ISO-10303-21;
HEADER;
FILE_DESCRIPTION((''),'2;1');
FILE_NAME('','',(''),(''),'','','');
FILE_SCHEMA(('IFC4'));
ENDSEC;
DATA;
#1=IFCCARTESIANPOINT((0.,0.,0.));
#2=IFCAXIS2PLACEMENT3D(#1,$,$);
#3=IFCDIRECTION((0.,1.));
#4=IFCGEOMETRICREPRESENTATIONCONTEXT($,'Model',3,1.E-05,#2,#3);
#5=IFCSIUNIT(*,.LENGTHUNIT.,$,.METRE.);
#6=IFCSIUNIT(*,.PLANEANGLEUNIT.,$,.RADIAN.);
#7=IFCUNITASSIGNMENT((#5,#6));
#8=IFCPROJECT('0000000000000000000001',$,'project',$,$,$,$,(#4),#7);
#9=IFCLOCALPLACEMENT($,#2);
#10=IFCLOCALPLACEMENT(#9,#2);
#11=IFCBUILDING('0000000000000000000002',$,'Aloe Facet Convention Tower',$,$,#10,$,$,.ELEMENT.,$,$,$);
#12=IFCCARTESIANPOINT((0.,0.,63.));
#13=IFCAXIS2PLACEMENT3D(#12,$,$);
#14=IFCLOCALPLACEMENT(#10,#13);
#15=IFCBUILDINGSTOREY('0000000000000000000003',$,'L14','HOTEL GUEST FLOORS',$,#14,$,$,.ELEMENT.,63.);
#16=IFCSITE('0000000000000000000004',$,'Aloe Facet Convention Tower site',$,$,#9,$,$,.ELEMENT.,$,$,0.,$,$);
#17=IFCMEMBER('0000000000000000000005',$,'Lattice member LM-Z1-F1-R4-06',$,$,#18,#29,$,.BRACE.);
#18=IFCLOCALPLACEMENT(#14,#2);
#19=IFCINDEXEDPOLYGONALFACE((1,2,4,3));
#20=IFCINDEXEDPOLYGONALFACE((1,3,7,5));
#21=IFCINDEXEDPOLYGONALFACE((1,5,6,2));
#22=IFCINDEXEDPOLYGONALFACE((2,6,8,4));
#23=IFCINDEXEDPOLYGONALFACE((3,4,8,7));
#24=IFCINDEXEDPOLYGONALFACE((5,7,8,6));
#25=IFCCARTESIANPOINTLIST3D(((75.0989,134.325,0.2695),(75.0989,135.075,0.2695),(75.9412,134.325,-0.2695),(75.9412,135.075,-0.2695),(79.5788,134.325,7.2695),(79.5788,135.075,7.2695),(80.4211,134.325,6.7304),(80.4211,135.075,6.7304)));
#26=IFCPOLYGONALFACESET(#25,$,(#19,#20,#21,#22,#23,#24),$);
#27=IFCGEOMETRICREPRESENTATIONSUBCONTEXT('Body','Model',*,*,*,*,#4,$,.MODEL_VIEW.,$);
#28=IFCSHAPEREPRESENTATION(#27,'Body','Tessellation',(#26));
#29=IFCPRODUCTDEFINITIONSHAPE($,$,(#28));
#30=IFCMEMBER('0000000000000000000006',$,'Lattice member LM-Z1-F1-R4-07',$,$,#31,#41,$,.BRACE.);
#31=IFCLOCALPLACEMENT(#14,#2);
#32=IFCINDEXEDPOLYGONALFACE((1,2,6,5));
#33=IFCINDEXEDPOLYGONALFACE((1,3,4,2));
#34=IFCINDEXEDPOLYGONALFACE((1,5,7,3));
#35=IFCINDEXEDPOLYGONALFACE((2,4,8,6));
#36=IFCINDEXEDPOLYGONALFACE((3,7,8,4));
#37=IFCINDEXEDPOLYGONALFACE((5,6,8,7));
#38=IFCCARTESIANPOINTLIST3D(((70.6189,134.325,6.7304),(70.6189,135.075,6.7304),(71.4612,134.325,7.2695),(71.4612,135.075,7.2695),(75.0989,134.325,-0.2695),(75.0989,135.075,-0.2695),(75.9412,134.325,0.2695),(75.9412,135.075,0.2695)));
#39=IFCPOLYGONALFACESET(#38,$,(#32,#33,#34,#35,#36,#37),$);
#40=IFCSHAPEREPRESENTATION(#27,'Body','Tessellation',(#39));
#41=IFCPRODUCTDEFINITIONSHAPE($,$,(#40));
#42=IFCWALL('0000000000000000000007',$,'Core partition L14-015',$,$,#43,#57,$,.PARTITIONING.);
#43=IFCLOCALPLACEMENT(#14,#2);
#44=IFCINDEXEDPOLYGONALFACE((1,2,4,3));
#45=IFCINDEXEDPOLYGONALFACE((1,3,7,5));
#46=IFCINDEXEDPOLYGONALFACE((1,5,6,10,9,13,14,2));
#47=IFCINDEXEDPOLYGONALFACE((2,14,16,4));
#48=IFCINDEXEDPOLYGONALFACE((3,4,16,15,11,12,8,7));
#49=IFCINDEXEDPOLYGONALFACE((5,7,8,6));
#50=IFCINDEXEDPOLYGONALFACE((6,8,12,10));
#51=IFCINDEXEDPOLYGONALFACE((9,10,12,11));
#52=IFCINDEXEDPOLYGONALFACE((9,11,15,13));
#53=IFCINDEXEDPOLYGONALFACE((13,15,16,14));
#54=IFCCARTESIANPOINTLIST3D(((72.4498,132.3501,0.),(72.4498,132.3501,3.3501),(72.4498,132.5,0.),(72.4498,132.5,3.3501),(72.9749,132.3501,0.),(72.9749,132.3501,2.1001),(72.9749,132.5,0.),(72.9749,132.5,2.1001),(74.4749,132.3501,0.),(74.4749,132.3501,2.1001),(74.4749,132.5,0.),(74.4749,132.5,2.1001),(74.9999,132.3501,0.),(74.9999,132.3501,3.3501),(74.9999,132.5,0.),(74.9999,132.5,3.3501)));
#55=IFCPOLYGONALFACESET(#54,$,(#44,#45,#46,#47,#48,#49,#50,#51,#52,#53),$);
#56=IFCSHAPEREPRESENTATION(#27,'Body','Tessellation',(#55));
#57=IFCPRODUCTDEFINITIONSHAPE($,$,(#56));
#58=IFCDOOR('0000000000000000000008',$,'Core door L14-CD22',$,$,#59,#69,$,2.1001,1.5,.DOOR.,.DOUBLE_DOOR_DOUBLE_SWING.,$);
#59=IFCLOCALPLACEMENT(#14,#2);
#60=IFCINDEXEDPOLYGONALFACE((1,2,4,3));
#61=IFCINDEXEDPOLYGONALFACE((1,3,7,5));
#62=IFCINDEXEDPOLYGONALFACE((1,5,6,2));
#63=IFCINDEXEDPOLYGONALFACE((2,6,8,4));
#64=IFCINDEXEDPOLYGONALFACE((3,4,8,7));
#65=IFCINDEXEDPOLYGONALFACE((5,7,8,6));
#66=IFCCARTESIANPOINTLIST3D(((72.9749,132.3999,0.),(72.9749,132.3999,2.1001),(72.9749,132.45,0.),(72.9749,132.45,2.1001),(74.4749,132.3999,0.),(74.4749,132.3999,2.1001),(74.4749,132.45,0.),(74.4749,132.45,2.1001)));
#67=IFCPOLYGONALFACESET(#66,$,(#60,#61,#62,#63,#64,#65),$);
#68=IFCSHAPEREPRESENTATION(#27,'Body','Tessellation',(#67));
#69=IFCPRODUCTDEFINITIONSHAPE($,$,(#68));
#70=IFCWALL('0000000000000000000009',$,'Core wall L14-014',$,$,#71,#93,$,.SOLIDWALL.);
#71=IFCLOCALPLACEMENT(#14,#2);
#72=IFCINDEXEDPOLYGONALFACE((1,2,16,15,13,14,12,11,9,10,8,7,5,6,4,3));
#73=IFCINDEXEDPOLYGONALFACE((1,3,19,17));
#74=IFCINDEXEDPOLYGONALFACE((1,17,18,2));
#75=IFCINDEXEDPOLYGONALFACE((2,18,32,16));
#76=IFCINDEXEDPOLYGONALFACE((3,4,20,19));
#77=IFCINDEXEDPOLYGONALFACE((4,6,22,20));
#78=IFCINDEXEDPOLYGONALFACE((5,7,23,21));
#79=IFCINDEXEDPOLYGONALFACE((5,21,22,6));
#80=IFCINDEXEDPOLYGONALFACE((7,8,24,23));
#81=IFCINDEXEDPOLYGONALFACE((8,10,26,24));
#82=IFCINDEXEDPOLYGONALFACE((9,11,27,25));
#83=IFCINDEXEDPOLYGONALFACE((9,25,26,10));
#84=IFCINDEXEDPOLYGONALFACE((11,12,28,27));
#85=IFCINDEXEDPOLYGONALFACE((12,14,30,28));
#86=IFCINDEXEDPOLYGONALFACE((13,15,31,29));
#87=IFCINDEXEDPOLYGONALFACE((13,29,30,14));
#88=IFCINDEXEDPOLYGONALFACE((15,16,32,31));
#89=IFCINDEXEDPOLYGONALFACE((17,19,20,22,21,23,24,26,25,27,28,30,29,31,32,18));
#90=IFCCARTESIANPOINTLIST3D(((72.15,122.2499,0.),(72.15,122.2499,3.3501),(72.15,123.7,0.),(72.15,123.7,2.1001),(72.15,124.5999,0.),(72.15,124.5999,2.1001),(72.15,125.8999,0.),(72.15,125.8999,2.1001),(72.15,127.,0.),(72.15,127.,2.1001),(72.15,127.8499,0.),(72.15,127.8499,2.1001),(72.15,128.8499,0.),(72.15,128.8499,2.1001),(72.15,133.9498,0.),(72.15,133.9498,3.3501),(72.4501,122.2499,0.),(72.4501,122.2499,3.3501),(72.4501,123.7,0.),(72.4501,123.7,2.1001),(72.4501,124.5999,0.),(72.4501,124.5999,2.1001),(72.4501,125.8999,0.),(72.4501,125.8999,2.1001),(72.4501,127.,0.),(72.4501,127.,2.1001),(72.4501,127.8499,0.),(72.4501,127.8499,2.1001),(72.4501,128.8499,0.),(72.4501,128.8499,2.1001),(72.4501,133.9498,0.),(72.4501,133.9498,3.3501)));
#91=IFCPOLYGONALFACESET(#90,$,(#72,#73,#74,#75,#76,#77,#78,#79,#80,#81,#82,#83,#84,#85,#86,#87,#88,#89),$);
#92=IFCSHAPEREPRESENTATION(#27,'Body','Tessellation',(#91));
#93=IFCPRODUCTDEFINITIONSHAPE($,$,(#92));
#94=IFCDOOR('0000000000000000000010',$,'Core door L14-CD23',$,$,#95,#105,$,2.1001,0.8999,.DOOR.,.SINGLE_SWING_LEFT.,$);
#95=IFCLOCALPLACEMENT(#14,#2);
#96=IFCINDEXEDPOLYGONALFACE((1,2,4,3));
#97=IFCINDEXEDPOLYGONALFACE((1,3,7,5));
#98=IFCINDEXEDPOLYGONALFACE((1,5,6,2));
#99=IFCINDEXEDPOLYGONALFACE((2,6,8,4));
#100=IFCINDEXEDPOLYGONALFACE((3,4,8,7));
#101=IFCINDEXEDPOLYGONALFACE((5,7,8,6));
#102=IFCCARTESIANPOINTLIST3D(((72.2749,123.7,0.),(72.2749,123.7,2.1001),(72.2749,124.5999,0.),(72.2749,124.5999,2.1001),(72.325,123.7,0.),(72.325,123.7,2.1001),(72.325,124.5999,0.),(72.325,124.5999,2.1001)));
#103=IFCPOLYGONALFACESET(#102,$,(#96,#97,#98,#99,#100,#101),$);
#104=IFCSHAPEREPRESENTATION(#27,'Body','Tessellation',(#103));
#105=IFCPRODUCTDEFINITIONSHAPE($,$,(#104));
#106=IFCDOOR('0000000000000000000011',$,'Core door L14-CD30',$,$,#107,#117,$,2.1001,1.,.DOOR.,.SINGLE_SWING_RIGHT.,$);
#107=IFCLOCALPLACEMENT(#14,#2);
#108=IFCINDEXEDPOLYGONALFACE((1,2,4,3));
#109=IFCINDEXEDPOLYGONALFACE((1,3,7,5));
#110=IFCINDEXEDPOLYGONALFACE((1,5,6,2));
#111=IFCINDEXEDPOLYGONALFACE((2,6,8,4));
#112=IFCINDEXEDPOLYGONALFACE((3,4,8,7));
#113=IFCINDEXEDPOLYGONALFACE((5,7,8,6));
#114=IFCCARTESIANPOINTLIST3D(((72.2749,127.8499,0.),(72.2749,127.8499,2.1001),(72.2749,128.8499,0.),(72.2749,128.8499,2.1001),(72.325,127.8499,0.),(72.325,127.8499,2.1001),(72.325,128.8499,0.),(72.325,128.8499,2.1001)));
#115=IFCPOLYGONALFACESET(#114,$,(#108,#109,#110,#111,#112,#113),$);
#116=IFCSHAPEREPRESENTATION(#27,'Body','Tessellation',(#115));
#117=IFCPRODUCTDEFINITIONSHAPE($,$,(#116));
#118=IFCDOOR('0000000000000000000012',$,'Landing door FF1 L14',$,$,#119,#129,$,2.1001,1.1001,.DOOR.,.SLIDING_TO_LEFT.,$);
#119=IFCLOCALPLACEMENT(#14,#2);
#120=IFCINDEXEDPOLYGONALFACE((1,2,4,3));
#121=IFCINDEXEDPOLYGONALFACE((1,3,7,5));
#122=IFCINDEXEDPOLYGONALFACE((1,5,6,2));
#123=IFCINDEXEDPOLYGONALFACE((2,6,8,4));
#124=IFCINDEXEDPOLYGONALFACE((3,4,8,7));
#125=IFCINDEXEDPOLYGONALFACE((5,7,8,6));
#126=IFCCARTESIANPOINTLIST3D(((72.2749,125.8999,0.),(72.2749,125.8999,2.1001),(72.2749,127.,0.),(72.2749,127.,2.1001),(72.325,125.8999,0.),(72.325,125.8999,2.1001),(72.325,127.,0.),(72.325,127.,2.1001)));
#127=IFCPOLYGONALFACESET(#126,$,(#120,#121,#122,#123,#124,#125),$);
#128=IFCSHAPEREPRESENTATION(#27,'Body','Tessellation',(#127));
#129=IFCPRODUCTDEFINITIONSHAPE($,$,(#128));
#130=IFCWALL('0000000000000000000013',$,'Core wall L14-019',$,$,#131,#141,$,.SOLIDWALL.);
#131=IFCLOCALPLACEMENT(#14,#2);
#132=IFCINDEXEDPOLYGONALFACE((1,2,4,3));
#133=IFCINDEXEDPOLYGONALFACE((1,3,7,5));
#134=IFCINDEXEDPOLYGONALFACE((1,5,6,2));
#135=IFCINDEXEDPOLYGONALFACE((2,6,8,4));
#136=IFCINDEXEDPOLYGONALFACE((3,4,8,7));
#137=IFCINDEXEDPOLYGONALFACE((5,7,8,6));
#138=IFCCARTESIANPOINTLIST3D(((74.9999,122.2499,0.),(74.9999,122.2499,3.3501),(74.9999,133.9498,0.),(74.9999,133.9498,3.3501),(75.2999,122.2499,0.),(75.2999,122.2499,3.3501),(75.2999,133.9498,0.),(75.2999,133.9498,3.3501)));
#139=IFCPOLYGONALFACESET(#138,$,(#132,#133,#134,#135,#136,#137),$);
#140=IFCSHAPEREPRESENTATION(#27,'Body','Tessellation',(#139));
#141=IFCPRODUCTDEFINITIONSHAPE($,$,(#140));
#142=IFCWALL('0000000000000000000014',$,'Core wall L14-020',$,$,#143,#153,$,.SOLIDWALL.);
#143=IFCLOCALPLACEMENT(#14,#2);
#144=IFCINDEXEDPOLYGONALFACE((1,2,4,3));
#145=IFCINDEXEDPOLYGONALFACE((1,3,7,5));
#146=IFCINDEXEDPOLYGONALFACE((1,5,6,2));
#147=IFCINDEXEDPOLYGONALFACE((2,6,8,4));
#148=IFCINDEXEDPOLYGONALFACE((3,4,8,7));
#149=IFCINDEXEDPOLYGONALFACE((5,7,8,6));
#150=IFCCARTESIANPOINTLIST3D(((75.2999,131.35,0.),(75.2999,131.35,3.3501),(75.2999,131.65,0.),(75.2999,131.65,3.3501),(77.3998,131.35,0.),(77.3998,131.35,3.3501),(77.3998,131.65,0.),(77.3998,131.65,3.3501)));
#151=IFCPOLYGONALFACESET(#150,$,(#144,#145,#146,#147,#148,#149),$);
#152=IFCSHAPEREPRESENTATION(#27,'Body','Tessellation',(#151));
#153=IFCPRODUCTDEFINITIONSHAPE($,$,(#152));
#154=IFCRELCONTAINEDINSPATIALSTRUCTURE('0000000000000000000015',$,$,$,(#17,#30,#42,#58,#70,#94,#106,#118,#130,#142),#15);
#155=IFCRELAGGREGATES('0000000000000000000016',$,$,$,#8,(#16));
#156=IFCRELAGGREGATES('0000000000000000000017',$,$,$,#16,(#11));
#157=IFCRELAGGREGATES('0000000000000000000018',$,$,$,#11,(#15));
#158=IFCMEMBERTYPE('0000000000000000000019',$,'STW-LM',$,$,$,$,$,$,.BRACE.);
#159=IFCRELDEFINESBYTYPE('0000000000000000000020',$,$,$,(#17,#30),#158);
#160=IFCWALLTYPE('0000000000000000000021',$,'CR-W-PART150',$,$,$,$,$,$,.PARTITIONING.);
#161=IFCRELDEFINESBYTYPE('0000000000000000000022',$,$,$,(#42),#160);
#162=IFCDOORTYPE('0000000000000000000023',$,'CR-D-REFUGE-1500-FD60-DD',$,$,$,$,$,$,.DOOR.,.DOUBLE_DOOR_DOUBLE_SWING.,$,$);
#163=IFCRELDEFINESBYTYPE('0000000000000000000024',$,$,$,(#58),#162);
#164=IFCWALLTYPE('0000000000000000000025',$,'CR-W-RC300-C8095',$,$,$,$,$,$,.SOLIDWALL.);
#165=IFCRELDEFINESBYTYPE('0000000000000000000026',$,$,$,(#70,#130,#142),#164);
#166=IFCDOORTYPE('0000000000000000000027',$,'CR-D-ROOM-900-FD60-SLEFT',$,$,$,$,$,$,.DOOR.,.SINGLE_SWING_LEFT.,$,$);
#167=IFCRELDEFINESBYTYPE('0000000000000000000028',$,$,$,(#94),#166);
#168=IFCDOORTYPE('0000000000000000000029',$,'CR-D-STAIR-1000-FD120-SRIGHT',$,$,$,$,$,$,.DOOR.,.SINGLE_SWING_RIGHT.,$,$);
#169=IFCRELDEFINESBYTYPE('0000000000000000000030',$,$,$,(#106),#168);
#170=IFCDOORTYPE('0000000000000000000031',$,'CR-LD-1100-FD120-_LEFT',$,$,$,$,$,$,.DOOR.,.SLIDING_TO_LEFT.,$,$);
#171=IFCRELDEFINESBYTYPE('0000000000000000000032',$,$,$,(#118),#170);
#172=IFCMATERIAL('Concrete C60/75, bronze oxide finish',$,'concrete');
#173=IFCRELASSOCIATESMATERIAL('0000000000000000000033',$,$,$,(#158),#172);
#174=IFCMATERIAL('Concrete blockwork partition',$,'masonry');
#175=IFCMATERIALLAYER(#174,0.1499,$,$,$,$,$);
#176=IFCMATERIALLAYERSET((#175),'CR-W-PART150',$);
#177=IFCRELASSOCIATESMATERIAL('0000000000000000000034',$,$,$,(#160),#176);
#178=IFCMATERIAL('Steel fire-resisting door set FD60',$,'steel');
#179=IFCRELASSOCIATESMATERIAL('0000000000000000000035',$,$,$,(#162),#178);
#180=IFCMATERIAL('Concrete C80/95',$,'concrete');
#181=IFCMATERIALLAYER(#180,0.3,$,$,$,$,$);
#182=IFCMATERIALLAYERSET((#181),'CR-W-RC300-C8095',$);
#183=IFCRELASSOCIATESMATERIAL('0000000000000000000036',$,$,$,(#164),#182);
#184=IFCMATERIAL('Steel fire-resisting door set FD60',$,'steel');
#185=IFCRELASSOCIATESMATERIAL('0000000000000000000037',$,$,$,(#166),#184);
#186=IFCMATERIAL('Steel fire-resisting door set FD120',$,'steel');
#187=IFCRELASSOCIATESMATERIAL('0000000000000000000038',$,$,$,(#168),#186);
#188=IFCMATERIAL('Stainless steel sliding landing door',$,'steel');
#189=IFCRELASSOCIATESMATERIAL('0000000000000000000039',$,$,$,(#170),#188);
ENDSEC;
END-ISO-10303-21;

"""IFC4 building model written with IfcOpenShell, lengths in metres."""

from ifc_helpers import new_model, si_unit, direction, frame, frame_2d, origin, origin_2d, place, context, subcontext, project, spatial, rectangle, extrude, material, layer, layer_set, material_profile, profile_set, type_object, element, fill, save


model = new_model("IFC4")

# Units and contexts
model_context = context("Model", 3, precision=1e-05, world=origin(), true_north=direction((0.0, 1.0)))
body_context = subcontext(model_context, "Body", "Model", "MODEL_VIEW")
ifc_project = project(units=[si_unit("LENGTHUNIT", "METRE"), si_unit("PLANEANGLEUNIT", "RADIAN")], contexts=[model_context])

# Site, building, storey
site_placement = place(None, origin())
site = spatial("IfcSite", under=ifc_project, at=site_placement, Name="Aloe Facet Convention Tower site", CompositionType="ELEMENT", RefElevation=0.0)
building_placement = place(site_placement, origin())
building = spatial("IfcBuilding", under=site, at=building_placement, Name="Aloe Facet Convention Tower", CompositionType="ELEMENT")
storey_placement = place(building_placement, frame((0.0, 0.0, 63.0)))
storey = spatial("IfcBuildingStorey", under=building, at=storey_placement, Name="L14", Description="HOTEL GUEST FLOORS", CompositionType="ELEMENT", Elevation=63.0)

# Members
ifc_material_1 = material(Name="Concrete C60/75, bronze oxide finish", Category="concrete")
ifc_material_profile = material_profile(ifc_material_1, rectangle(XDim=0.75, YDim=1.0, at=origin_2d()), Name="STW-LM")
ifc_profile_set = profile_set([ifc_material_profile], Name="Concrete C60/75, bronze oxide finish")
member_type = type_object("IfcMemberType", Name="STW-LM", PredefinedType="BRACE", material=ifc_profile_set)
for number, where, z_axis, x_axis, name in (
    (1, (75.52, 134.7, 0.0), (0.539052, 0.0, 0.842272), (0.0, 1.0, 0.0), "Lattice member LM-Z1-F1-R4-06"),
    (2, (75.52, 134.7, 0.0), (-0.539052, 0.0, 0.842272), (0.0, -1.0, 0.0), "Lattice member LM-Z1-F1-R4-07"),
):
    element("IfcMember", number, at=place(storey_placement, frame(where, z_axis=z_axis, x_axis=x_axis)), inside=storey, type_object=member_type, Name=name, PredefinedType="BRACE", context=body_context, shape_type="SweptSolid", body=[
        extrude(rectangle(XDim=0.75, YDim=1.0, at=origin_2d()), origin(), (0.0, 0.0, 1.0), 8.3108),
    ])

# Wall, opening, door
ifc_material_2 = material(Name="Concrete blockwork partition", Category="masonry")
ifc_layer_1 = layer(ifc_material_2, 0.1499)
ifc_layer_set_1 = layer_set([ifc_layer_1], Name="CR-W-PART150")
wall_type_1 = type_object("IfcWallType", Name="CR-W-PART150", PredefinedType="PARTITIONING", material=ifc_layer_set_1)
wall_1_placement = place(storey_placement, frame((72.45, 132.425, 0.0), z_axis=(0.0, 0.0, 1.0), x_axis=(1.0, 0.0, 0.0)))
wall_1 = element("IfcWall", 3, at=wall_1_placement, inside=storey, type_object=wall_type_1, Name="Core partition L14-015", PredefinedType="PARTITIONING", context=body_context, shape_type="SweptSolid", body=[
    extrude(rectangle(XDim=2.55, YDim=0.1499, at=frame_2d((1.2749, 0.0))), origin(), (0.0, 0.0, 1.0), 3.3501),
])
opening_1_placement = place(wall_1_placement, frame((0.5249, 0.0, 0.0)))
opening_1 = element("IfcOpeningElement", 4, at=opening_1_placement, cuts=wall_1, PredefinedType="OPENING", context=body_context, shape_type="SweptSolid", body=[
    extrude(rectangle(XDim=1.5, YDim=2.1001, at=frame_2d((0.75, 1.05))), frame((0.0, 0.085, 0.0), z_axis=(0.0, -1.0, 0.0), x_axis=(1.0, 0.0, 0.0)), (0.0, 0.0, 1.0), 0.1699),
])
ifc_material_3 = material(Name="Steel fire-resisting door set FD60", Category="steel")
door_type_1 = type_object("IfcDoorType", Name="CR-D-REFUGE-1500-FD60-DD", OperationType="DOUBLE_DOOR_DOUBLE_SWING", PredefinedType="DOOR", material=ifc_material_3)
door_1_placement = place(opening_1_placement, origin())
door_1 = element("IfcDoor", 5, at=door_1_placement, inside=storey, type_object=door_type_1, Name="Core door L14-CD22", OperationType="DOUBLE_DOOR_DOUBLE_SWING", OverallHeight=2.1001, OverallWidth=1.5, PredefinedType="DOOR", context=body_context, shape_type="SweptSolid", body=[
    extrude(rectangle(XDim=1.5, YDim=2.1001, at=frame_2d((0.75, 1.05))), frame((0.0, 0.0249, 0.0), z_axis=(0.0, -1.0, 0.0), x_axis=(1.0, 0.0, 0.0)), (0.0, 0.0, 1.0), 0.05),
])
fill(opening_1, door_1)

# Wall, openings, doors
ifc_material_4 = material(Name="Concrete C80/95", Category="concrete")
ifc_layer_2 = layer(ifc_material_4, 0.3)
ifc_layer_set_2 = layer_set([ifc_layer_2], Name="CR-W-RC300-C8095")
wall_type_2 = type_object("IfcWallType", Name="CR-W-RC300-C8095", PredefinedType="SOLIDWALL", material=ifc_layer_set_2)
wall_2_placement = place(storey_placement, frame((72.3, 133.95, 0.0), z_axis=(0.0, 0.0, 1.0), x_axis=(0.0, -1.0, 0.0)))
wall_2 = element("IfcWall", 6, at=wall_2_placement, inside=storey, type_object=wall_type_2, Name="Core wall L14-014", PredefinedType="SOLIDWALL", context=body_context, shape_type="SweptSolid", body=[
    extrude(rectangle(XDim=11.7, YDim=0.3, at=frame_2d((5.8501, 0.0))), origin(), (0.0, 0.0, 1.0), 3.3501),
])
opening_2_placement = place(wall_2_placement, frame((6.95, 0.0, 0.0)))
opening_2 = element("IfcOpeningElement", 7, at=opening_2_placement, cuts=wall_2, PredefinedType="OPENING", context=body_context, shape_type="SweptSolid", body=[
    extrude(rectangle(XDim=1.1001, YDim=2.1001, at=frame_2d((0.55, 1.05))), frame((0.0, 0.1602, 0.0), z_axis=(0.0, -1.0, 0.0), x_axis=(1.0, 0.0, 0.0)), (0.0, 0.0, 1.0), 0.3201),
])
opening_3_placement = place(wall_2_placement, frame((9.3501, 0.0, 0.0)))
opening_3 = element("IfcOpeningElement", 8, at=opening_3_placement, cuts=wall_2, PredefinedType="OPENING", context=body_context, shape_type="SweptSolid", body=[
    extrude(rectangle(XDim=0.8999, YDim=2.1001, at=frame_2d((0.45, 1.05))), frame((0.0, 0.1602, 0.0), z_axis=(0.0, -1.0, 0.0), x_axis=(1.0, 0.0, 0.0)), (0.0, 0.0, 1.0), 0.3201),
])
opening_4_placement = place(wall_2_placement, frame((5.1001, 0.0, 0.0)))
opening_4 = element("IfcOpeningElement", 9, at=opening_4_placement, cuts=wall_2, PredefinedType="OPENING", context=body_context, shape_type="SweptSolid", body=[
    extrude(rectangle(XDim=1.0, YDim=2.1001, at=frame_2d((0.5, 1.05))), frame((0.0, 0.1602, 0.0), z_axis=(0.0, -1.0, 0.0), x_axis=(1.0, 0.0, 0.0)), (0.0, 0.0, 1.0), 0.3201),
])
ifc_material_5 = material(Name="Steel fire-resisting door set FD60", Category="steel")
door_type_2 = type_object("IfcDoorType", Name="CR-D-ROOM-900-FD60-SLEFT", OperationType="SINGLE_SWING_LEFT", PredefinedType="DOOR", material=ifc_material_5)
door_2_placement = place(opening_3_placement, origin())
door_2 = element("IfcDoor", 10, at=door_2_placement, inside=storey, type_object=door_type_2, Name="Core door L14-CD23", OperationType="SINGLE_SWING_LEFT", OverallHeight=2.1001, OverallWidth=0.8999, PredefinedType="DOOR", context=body_context, shape_type="SweptSolid", body=[
    extrude(rectangle(XDim=0.8999, YDim=2.1001, at=frame_2d((0.45, 1.05))), frame((0.0, 0.0249, 0.0), z_axis=(0.0, -1.0, 0.0), x_axis=(1.0, 0.0, 0.0)), (0.0, 0.0, 1.0), 0.05),
])
fill(opening_3, door_2)
ifc_material_6 = material(Name="Steel fire-resisting door set FD120", Category="steel")
door_type_3 = type_object("IfcDoorType", Name="CR-D-STAIR-1000-FD120-SRIGHT", OperationType="SINGLE_SWING_RIGHT", PredefinedType="DOOR", material=ifc_material_6)
door_3_placement = place(opening_4_placement, origin())
door_3 = element("IfcDoor", 11, at=door_3_placement, inside=storey, type_object=door_type_3, Name="Core door L14-CD30", OperationType="SINGLE_SWING_RIGHT", OverallHeight=2.1001, OverallWidth=1.0, PredefinedType="DOOR", context=body_context, shape_type="SweptSolid", body=[
    extrude(rectangle(XDim=1.0, YDim=2.1001, at=frame_2d((0.5, 1.05))), frame((0.0, 0.0249, 0.0), z_axis=(0.0, -1.0, 0.0), x_axis=(1.0, 0.0, 0.0)), (0.0, 0.0, 1.0), 0.05),
])
fill(opening_4, door_3)
ifc_material_7 = material(Name="Stainless steel sliding landing door", Category="steel")
door_type_4 = type_object("IfcDoorType", Name="CR-LD-1100-FD120-_LEFT", OperationType="SLIDING_TO_LEFT", PredefinedType="DOOR", material=ifc_material_7)
door_4_placement = place(opening_2_placement, origin())
door_4 = element("IfcDoor", 12, at=door_4_placement, inside=storey, type_object=door_type_4, Name="Landing door FF1 L14", OperationType="SLIDING_TO_LEFT", OverallHeight=2.1001, OverallWidth=1.1001, PredefinedType="DOOR", context=body_context, shape_type="SweptSolid", body=[
    extrude(rectangle(XDim=1.1001, YDim=2.1001, at=frame_2d((0.55, 1.05))), frame((0.0, 0.0249, 0.0), z_axis=(0.0, -1.0, 0.0), x_axis=(1.0, 0.0, 0.0)), (0.0, 0.0, 1.0), 0.05),
])
fill(opening_2, door_4)

# Walls
wall_3_placement = place(storey_placement, frame((75.1499, 133.95, 0.0), z_axis=(0.0, 0.0, 1.0), x_axis=(0.0, -1.0, 0.0)))
element("IfcWall", 13, at=wall_3_placement, inside=storey, type_object=wall_type_2, Name="Core wall L14-019", PredefinedType="SOLIDWALL", context=body_context, shape_type="SweptSolid", body=[
    extrude(rectangle(XDim=11.7, YDim=0.3, at=frame_2d((5.8501, 0.0))), origin(), (0.0, 0.0, 1.0), 3.3501),
])
wall_4_placement = place(storey_placement, frame((75.3, 131.5, 0.0), z_axis=(0.0, 0.0, 1.0), x_axis=(1.0, 0.0, 0.0)))
element("IfcWall", 14, at=wall_4_placement, inside=storey, type_object=wall_type_2, Name="Core wall L14-020", PredefinedType="SOLIDWALL", context=body_context, shape_type="SweptSolid", body=[
    extrude(rectangle(XDim=2.0999, YDim=0.3, at=frame_2d((1.0498, 0.0))), origin(), (0.0, 0.0, 1.0), 3.3501),
])

save(model, "model.ifc")
